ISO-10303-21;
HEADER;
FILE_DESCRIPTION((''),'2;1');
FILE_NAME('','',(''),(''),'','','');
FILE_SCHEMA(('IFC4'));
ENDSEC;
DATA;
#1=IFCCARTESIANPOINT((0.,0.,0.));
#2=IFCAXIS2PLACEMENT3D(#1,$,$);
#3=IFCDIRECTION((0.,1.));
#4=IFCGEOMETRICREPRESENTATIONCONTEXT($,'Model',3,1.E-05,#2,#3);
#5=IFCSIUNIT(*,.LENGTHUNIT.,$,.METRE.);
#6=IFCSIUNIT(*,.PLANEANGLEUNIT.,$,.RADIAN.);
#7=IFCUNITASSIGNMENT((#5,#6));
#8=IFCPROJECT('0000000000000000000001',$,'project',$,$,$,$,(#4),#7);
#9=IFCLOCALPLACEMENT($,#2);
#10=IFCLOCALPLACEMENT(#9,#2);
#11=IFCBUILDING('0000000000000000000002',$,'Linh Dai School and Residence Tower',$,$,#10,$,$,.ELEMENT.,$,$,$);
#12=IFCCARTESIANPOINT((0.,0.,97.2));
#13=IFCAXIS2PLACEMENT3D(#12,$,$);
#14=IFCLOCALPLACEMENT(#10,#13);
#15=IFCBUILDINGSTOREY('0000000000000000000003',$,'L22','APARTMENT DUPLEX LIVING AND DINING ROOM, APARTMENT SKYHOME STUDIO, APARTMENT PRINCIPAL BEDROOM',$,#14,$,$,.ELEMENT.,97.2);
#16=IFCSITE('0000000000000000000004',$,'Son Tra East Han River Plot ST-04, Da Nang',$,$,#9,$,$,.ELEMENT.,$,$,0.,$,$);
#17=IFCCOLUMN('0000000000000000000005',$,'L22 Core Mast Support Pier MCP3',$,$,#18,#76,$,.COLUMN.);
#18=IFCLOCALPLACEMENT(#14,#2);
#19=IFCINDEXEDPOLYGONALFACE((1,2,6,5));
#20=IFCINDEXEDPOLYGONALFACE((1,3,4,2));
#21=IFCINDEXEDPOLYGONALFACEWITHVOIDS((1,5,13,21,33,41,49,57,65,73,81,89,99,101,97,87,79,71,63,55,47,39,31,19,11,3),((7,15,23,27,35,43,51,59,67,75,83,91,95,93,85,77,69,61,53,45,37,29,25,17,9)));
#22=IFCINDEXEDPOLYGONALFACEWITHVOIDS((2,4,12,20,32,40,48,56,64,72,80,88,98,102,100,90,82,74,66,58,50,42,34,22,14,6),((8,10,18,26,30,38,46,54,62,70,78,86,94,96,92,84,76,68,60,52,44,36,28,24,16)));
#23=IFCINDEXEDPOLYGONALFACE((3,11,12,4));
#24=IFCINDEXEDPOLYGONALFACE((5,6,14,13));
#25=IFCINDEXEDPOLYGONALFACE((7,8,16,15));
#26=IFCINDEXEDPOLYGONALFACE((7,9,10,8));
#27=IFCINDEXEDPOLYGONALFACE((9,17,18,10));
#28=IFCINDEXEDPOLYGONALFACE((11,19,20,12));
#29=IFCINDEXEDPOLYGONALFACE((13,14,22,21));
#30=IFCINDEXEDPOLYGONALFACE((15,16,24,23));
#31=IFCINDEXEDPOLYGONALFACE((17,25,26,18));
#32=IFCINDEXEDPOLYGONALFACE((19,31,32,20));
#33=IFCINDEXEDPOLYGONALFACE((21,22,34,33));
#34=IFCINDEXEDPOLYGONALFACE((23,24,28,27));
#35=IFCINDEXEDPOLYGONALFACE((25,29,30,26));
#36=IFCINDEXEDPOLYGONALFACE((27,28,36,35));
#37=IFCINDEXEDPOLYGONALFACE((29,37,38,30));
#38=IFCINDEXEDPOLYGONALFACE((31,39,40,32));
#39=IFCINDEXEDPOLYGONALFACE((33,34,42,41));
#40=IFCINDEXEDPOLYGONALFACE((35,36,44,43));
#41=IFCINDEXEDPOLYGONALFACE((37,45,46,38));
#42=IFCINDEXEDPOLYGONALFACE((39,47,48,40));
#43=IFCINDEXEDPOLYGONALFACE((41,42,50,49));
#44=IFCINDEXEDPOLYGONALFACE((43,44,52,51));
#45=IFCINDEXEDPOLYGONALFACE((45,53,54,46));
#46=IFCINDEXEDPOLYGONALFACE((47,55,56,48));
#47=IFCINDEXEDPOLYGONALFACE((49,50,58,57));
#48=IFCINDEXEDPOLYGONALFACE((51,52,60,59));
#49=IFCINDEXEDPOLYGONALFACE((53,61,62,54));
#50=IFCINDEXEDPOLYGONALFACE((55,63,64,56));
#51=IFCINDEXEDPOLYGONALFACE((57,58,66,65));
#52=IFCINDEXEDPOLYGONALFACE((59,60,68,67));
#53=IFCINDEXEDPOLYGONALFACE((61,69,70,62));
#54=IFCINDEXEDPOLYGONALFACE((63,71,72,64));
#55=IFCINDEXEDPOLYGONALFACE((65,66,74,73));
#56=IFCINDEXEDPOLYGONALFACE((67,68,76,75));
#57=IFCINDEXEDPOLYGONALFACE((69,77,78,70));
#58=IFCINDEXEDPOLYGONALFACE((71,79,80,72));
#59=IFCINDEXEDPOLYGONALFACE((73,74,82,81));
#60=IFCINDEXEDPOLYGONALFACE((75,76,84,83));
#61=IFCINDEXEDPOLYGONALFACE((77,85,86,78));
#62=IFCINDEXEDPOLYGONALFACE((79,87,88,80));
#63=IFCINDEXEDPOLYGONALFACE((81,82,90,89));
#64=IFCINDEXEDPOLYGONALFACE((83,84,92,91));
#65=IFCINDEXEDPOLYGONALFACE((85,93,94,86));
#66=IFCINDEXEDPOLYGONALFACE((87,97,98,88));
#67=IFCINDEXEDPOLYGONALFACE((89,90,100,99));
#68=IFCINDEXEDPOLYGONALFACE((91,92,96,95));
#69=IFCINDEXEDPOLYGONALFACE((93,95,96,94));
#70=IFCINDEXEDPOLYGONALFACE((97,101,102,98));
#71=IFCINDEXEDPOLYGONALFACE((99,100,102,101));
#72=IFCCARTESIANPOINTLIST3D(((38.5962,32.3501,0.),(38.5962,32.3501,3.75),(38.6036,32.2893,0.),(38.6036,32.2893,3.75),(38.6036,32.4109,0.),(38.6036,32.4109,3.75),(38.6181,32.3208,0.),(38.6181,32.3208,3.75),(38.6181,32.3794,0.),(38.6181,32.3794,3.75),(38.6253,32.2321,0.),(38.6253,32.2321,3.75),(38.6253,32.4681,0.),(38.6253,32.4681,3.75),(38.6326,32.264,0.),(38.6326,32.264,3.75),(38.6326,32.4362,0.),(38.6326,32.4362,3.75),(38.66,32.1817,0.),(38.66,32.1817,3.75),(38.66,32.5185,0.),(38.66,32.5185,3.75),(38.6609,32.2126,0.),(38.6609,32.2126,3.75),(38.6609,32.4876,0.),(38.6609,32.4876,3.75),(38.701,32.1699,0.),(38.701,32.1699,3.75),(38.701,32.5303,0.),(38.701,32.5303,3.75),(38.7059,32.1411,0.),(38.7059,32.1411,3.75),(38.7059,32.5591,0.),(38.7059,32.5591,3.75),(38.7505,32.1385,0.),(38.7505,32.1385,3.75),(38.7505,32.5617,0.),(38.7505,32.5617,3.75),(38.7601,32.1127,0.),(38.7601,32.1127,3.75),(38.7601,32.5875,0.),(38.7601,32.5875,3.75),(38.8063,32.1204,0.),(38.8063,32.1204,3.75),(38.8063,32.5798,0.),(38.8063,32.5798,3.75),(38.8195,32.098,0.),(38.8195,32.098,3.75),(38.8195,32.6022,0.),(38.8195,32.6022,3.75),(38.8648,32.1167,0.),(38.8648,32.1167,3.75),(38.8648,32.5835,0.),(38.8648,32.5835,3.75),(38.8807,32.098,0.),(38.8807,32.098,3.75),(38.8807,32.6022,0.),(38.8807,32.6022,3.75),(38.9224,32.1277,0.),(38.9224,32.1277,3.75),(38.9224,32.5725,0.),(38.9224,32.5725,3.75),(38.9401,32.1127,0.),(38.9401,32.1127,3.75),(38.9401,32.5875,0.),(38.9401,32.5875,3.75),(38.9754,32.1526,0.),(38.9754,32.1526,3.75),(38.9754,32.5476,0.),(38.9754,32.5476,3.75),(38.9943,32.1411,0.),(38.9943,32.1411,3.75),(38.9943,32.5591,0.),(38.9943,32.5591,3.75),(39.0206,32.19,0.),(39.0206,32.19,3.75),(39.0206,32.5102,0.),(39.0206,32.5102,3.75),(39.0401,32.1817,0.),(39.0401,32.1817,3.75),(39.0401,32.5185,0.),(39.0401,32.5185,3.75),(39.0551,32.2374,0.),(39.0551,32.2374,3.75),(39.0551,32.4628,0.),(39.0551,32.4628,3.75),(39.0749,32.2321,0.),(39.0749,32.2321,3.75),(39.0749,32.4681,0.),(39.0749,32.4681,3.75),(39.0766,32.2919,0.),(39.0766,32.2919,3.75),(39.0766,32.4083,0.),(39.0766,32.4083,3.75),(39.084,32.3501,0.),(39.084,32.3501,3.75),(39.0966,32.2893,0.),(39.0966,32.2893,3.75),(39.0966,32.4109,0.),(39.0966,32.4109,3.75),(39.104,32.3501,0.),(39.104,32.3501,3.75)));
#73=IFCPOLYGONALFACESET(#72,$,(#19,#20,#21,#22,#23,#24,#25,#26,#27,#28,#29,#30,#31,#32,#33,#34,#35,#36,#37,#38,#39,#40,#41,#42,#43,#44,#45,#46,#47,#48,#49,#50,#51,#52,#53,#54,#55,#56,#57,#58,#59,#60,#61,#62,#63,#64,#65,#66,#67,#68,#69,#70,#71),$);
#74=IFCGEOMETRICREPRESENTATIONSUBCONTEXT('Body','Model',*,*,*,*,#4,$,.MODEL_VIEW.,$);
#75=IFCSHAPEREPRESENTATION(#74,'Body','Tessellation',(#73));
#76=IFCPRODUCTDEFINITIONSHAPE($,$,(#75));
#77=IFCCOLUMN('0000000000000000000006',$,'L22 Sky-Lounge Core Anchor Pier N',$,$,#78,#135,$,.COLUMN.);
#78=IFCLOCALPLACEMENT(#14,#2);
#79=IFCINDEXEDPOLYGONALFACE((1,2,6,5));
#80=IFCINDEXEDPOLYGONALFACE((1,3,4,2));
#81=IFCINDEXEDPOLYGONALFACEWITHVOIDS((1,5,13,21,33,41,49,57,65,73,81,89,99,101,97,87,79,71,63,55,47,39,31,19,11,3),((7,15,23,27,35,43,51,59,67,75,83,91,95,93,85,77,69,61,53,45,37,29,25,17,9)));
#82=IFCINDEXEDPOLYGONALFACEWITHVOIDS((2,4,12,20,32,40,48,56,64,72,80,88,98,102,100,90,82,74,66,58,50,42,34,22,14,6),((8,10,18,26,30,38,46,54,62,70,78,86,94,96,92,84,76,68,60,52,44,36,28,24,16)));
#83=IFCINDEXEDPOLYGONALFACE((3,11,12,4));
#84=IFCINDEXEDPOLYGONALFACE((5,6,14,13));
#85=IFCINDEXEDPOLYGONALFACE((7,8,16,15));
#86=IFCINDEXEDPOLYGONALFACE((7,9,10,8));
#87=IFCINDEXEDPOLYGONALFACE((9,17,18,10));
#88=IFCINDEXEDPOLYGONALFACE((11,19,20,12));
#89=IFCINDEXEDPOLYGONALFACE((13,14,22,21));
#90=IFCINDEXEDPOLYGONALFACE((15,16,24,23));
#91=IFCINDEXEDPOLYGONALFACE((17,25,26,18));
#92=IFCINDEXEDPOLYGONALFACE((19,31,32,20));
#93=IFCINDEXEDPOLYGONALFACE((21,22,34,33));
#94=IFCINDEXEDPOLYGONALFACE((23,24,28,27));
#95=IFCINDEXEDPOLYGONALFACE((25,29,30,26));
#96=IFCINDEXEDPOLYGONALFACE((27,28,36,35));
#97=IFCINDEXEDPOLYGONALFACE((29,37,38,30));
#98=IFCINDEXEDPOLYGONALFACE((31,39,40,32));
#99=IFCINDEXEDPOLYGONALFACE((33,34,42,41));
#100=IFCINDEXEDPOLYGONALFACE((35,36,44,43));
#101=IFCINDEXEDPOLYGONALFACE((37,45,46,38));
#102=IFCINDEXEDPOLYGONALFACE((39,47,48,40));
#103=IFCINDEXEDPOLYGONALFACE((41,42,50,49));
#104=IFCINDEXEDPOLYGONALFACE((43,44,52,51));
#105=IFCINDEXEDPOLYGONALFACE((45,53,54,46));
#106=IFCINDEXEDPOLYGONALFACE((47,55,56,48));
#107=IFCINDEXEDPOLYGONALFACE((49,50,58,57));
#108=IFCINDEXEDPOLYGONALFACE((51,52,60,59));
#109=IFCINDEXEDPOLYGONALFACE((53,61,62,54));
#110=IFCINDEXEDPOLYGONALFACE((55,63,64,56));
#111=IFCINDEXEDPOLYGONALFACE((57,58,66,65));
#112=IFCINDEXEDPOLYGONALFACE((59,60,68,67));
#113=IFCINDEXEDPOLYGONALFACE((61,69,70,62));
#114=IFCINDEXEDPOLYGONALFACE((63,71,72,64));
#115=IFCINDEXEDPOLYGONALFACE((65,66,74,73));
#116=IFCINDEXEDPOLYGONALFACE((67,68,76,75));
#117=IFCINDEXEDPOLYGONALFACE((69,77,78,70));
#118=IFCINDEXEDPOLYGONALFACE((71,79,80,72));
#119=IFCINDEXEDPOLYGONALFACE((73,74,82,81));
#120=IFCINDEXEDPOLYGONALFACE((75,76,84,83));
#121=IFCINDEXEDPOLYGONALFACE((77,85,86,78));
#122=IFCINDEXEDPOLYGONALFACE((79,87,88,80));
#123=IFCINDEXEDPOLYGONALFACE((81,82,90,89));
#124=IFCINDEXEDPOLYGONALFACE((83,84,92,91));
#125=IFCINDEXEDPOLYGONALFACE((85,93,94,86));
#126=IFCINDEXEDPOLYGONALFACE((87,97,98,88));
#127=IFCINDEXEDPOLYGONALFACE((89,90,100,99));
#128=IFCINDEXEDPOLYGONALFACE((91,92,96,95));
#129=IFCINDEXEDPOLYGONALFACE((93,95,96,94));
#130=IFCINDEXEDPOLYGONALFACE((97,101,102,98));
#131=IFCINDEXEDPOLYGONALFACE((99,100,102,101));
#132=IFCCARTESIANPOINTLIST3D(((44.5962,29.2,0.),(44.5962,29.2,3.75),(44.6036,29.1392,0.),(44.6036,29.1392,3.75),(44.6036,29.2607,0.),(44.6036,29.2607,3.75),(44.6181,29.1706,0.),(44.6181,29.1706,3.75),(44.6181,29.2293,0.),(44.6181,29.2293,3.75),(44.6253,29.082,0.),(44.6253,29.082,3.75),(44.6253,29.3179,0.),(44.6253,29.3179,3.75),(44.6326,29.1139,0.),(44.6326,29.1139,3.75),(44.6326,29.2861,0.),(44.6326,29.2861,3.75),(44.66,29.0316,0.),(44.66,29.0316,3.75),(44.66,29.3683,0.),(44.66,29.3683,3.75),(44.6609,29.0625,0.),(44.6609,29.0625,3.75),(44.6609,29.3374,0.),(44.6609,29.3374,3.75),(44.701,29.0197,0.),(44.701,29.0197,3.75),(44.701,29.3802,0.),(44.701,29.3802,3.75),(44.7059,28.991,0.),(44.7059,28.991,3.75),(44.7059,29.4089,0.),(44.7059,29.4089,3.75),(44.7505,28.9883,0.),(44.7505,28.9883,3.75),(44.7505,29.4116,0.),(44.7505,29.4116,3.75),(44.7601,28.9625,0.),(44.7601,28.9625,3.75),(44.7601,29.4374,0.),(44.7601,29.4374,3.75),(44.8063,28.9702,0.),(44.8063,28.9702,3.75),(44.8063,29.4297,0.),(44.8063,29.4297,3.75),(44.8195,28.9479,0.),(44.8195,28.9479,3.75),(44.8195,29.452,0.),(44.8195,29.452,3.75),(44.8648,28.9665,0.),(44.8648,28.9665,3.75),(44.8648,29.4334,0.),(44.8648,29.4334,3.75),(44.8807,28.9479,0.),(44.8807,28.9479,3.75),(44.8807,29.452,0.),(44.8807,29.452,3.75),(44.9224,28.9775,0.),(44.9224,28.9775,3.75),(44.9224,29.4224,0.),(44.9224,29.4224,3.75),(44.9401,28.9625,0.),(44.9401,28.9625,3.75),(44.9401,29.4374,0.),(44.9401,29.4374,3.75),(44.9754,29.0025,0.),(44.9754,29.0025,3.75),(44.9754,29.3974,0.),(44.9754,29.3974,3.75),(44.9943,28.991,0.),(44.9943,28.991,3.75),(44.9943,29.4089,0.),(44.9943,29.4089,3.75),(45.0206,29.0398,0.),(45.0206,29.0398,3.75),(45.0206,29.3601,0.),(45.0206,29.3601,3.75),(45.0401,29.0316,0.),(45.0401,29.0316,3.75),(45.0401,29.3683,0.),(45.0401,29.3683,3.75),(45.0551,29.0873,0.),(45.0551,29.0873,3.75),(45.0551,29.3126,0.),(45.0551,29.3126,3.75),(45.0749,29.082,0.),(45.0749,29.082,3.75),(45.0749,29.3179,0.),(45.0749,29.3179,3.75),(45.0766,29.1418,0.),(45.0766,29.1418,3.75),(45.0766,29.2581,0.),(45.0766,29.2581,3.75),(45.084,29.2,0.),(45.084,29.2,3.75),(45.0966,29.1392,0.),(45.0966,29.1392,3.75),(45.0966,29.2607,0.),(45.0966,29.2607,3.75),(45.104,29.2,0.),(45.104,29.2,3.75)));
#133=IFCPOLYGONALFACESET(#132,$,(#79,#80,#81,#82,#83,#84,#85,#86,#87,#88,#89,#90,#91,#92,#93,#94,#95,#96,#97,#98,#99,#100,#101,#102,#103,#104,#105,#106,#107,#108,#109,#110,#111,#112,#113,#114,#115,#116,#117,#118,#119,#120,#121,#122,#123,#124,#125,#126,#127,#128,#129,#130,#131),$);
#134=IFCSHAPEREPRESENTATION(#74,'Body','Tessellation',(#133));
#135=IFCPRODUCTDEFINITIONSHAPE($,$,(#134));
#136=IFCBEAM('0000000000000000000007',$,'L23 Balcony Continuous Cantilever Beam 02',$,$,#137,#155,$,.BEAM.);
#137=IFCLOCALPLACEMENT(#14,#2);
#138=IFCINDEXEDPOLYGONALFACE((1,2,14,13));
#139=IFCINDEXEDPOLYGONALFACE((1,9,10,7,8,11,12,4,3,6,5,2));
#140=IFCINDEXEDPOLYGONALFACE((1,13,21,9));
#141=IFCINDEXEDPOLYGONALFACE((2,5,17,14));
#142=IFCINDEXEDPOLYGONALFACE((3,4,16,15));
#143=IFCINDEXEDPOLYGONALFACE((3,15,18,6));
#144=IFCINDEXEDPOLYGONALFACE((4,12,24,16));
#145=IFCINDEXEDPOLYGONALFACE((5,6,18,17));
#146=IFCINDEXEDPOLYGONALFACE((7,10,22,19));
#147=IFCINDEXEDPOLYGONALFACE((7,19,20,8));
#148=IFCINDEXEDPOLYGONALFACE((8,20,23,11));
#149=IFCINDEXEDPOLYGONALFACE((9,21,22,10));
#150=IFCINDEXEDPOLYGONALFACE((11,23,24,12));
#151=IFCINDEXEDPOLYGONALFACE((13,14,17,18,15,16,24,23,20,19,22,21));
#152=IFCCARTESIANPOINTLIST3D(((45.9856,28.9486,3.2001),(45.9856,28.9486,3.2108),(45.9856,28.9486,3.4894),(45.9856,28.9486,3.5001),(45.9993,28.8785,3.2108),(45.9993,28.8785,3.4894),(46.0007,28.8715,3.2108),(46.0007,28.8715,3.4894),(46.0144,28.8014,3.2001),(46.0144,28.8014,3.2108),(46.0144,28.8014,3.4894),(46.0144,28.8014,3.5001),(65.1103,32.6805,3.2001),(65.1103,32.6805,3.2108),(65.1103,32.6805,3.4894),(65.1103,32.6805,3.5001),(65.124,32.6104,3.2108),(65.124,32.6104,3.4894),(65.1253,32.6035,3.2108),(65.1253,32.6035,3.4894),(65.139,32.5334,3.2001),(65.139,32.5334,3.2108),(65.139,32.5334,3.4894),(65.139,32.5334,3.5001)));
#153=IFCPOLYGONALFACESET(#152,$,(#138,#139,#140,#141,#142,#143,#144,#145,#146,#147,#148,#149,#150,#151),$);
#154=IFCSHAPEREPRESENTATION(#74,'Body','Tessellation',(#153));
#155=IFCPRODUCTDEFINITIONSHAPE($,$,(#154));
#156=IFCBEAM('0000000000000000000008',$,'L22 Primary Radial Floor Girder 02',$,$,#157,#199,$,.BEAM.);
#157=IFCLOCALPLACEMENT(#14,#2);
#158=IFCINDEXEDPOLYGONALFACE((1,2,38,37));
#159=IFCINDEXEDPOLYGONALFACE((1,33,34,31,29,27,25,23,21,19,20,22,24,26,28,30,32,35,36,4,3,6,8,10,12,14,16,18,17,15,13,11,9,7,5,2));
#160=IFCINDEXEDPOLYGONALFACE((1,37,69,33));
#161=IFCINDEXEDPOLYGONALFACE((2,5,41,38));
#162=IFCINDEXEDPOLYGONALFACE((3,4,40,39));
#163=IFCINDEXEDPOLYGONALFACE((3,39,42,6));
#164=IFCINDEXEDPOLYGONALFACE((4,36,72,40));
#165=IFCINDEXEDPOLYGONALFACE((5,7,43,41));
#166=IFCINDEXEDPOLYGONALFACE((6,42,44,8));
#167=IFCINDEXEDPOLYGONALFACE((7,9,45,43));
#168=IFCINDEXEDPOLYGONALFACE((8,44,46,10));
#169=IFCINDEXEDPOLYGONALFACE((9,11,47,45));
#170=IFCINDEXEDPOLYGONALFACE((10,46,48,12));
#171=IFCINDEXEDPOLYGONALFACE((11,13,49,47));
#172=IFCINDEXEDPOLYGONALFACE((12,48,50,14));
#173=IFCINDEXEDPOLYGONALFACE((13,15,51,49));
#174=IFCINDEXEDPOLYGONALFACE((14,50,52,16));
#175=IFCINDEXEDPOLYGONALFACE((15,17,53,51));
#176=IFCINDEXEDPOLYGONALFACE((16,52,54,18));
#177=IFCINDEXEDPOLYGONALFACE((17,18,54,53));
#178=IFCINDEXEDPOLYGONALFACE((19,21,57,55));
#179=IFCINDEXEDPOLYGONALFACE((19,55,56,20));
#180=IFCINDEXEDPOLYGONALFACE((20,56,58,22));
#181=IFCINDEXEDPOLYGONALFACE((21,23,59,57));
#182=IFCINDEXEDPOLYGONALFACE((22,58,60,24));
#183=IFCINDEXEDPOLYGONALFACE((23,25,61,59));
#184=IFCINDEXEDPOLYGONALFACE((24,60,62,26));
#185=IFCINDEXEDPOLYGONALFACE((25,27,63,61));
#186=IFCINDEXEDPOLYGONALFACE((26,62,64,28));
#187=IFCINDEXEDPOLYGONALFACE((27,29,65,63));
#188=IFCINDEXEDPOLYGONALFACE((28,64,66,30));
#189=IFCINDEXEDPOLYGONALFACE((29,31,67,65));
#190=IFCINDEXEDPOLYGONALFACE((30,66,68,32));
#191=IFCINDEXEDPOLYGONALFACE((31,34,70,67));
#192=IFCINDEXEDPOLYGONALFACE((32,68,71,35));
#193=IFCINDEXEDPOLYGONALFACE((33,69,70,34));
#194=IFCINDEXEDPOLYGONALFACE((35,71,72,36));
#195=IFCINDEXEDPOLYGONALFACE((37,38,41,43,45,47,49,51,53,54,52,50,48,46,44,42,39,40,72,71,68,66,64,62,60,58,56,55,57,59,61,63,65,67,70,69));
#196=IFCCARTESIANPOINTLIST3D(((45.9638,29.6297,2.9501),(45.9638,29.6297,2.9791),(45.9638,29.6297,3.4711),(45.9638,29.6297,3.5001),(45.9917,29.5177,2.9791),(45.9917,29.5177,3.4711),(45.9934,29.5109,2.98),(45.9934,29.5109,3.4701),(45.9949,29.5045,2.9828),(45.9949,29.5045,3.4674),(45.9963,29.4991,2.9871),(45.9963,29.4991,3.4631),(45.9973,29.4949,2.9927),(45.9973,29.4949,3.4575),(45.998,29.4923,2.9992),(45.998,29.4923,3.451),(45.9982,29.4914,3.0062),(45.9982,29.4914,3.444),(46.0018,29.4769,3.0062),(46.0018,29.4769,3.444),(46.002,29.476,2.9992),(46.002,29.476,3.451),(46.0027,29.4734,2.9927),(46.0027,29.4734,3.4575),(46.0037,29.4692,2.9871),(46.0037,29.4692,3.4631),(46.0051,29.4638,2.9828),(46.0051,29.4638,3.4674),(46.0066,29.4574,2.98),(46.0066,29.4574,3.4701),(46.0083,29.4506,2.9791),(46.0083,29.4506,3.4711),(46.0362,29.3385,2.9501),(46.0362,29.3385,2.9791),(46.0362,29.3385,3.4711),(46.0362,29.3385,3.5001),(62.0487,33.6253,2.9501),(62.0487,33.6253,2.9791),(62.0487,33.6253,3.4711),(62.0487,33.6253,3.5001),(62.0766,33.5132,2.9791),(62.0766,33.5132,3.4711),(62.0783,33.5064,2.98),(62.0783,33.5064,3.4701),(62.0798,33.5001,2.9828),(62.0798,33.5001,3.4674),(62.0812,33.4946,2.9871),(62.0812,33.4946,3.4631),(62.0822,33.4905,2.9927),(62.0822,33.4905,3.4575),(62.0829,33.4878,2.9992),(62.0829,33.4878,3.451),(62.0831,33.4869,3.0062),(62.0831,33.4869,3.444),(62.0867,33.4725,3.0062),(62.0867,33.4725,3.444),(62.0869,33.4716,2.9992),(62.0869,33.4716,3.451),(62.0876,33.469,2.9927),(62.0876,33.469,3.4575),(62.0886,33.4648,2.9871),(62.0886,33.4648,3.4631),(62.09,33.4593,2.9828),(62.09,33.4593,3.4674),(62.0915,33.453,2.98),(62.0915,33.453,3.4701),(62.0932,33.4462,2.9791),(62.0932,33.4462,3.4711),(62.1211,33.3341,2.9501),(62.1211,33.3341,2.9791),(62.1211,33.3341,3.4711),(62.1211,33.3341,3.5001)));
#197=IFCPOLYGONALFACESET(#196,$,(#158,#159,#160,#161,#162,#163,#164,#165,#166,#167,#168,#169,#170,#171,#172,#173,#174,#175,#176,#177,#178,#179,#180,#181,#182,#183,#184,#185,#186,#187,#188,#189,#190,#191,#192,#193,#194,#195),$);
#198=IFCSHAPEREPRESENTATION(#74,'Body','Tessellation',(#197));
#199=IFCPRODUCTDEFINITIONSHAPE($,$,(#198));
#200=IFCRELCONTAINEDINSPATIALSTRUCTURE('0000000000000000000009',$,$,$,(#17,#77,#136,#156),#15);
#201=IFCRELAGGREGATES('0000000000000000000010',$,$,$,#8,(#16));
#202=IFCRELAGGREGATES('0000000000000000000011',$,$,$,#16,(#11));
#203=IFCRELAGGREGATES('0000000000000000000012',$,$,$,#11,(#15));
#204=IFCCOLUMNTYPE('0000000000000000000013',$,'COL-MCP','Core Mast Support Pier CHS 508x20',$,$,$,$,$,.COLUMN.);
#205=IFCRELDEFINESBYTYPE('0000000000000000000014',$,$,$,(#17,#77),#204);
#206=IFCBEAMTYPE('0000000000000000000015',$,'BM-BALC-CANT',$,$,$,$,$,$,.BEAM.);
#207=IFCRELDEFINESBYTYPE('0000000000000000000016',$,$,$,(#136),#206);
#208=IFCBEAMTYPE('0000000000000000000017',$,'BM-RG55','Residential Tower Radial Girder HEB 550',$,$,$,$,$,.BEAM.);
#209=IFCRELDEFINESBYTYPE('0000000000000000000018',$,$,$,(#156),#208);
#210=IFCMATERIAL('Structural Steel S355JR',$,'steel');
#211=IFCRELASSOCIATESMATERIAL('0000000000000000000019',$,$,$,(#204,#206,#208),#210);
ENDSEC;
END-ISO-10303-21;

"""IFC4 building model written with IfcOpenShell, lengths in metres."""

from ifc_helpers import new_model, si_unit, direction, frame, origin, origin_2d, place, context, subcontext, project, spatial, hollow_circle, i_section, extrude, material, material_profile, profile_set, type_object, element, save


model = new_model("IFC4")

# Units and contexts
model_context = context("Model", 3, precision=1e-05, world=origin(), true_north=direction((0.0, 1.0)))
body_context = subcontext(model_context, "Body", "Model", "MODEL_VIEW")
ifc_project = project(units=[si_unit("LENGTHUNIT", "METRE"), si_unit("PLANEANGLEUNIT", "RADIAN")], contexts=[model_context])

# Site, building, storey
site_placement = place(None, origin())
site = spatial("IfcSite", under=ifc_project, at=site_placement, Name="Son Tra East Han River Plot ST-04, Da Nang", CompositionType="ELEMENT", RefElevation=0.0)
building_placement = place(site_placement, origin())
building = spatial("IfcBuilding", under=site, at=building_placement, Name="Linh Dai School and Residence Tower", CompositionType="ELEMENT")
storey_placement = place(building_placement, frame((0.0, 0.0, 97.2)))
storey = spatial("IfcBuildingStorey", under=building, at=storey_placement, Name="L22", Description="APARTMENT DUPLEX LIVING AND DINING ROOM, APARTMENT SKYHOME STUDIO, APARTMENT PRINCIPAL BEDROOM", CompositionType="ELEMENT", Elevation=97.2)

# Columns
ifc_material_1 = material(Name="Structural Steel S355JR", Category="steel")
ifc_material_profile_1 = material_profile(ifc_material_1, hollow_circle(Radius=0.2539, WallThickness=0.02, at=origin_2d()), Name="CHS 508x20")
ifc_profile_set_1 = profile_set([ifc_material_profile_1], Name="Structural Steel S355JR")
column_type_1 = type_object("IfcColumnType", Name="COL-MCP", Description="Core Mast Support Pier CHS 508x20", PredefinedType="COLUMN", material=ifc_profile_set_1)
for number, where, z_axis, x_axis, name in (
    (1, (38.8501, 32.3501, 0.0), (0.0, 0.0, 1.0), (1.0, 0.0, 0.0), "L22 Core Mast Support Pier MCP3"),
    (2, (44.8501, 29.2, 0.0), (0.0, 0.0, 1.0), (1.0, 0.0, 0.0), "L22 Sky-Lounge Core Anchor Pier N"),
):
    element("IfcColumn", number, at=place(storey_placement, frame(where, z_axis=z_axis, x_axis=x_axis)), inside=storey, type_object=column_type_1, Name=name, PredefinedType="COLUMN", context=body_context, shape_type="SweptSolid", body=[
        extrude(hollow_circle(Radius=0.2539, WallThickness=0.02, at=origin_2d()), origin(), (0.0, 0.0, 1.0), 3.75),
    ])

# Beams
ifc_material_profile_2 = material_profile(ifc_material_1, i_section(OverallWidth=0.1499, OverallDepth=0.3, WebThickness=0.0071, FlangeThickness=0.0107, at=origin_2d()), Name="IPE 300")
ifc_profile_set_2 = profile_set([ifc_material_profile_2], Name="Structural Steel S355JR")
beam_type_1 = type_object("IfcBeamType", Name="BM-BALC-CANT", PredefinedType="BEAM", material=ifc_profile_set_2)
beam_1_placement = place(storey_placement, frame((46.0, 28.875, 3.3501), z_axis=(0.981487, 0.191526, 0.0), x_axis=(-0.191526, 0.981487, 0.0)))
element("IfcBeam", 3, at=beam_1_placement, inside=storey, type_object=beam_type_1, Name="L23 Balcony Continuous Cantilever Beam 02", PredefinedType="BEAM", context=body_context, shape_type="SweptSolid", body=[
    extrude(i_section(OverallWidth=0.1499, OverallDepth=0.3, WebThickness=0.0071, FlangeThickness=0.0107, at=origin_2d()), origin(), (0.0, 0.0, 1.0), 19.4854),
])
ifc_material_profile_3 = material_profile(ifc_material_1, i_section(OverallWidth=0.3, OverallDepth=0.55, WebThickness=0.0149, FlangeThickness=0.0291, FilletRadius=0.0271, at=origin_2d()), Name="HEB 550")
ifc_profile_set_3 = profile_set([ifc_material_profile_3], Name="Structural Steel S355JR")
beam_type_2 = type_object("IfcBeamType", Name="BM-RG55", Description="Residential Tower Radial Girder HEB 550", PredefinedType="BEAM", material=ifc_profile_set_3)
beam_2_placement = place(storey_placement, frame((46.0, 29.4841, 3.2251), z_axis=(0.970505, 0.24108, 0.0), x_axis=(-0.24108, 0.970505, 0.0)))
element("IfcBeam", 4, at=beam_2_placement, inside=storey, type_object=beam_type_2, Name="L22 Primary Radial Floor Girder 02", PredefinedType="BEAM", context=body_context, shape_type="SweptSolid", body=[
    extrude(i_section(OverallWidth=0.3, OverallDepth=0.55, WebThickness=0.0149, FlangeThickness=0.0291, FilletRadius=0.0271, at=origin_2d()), origin(), (0.0, 0.0, 1.0), 16.5737),
])

save(model, "model.ifc")
